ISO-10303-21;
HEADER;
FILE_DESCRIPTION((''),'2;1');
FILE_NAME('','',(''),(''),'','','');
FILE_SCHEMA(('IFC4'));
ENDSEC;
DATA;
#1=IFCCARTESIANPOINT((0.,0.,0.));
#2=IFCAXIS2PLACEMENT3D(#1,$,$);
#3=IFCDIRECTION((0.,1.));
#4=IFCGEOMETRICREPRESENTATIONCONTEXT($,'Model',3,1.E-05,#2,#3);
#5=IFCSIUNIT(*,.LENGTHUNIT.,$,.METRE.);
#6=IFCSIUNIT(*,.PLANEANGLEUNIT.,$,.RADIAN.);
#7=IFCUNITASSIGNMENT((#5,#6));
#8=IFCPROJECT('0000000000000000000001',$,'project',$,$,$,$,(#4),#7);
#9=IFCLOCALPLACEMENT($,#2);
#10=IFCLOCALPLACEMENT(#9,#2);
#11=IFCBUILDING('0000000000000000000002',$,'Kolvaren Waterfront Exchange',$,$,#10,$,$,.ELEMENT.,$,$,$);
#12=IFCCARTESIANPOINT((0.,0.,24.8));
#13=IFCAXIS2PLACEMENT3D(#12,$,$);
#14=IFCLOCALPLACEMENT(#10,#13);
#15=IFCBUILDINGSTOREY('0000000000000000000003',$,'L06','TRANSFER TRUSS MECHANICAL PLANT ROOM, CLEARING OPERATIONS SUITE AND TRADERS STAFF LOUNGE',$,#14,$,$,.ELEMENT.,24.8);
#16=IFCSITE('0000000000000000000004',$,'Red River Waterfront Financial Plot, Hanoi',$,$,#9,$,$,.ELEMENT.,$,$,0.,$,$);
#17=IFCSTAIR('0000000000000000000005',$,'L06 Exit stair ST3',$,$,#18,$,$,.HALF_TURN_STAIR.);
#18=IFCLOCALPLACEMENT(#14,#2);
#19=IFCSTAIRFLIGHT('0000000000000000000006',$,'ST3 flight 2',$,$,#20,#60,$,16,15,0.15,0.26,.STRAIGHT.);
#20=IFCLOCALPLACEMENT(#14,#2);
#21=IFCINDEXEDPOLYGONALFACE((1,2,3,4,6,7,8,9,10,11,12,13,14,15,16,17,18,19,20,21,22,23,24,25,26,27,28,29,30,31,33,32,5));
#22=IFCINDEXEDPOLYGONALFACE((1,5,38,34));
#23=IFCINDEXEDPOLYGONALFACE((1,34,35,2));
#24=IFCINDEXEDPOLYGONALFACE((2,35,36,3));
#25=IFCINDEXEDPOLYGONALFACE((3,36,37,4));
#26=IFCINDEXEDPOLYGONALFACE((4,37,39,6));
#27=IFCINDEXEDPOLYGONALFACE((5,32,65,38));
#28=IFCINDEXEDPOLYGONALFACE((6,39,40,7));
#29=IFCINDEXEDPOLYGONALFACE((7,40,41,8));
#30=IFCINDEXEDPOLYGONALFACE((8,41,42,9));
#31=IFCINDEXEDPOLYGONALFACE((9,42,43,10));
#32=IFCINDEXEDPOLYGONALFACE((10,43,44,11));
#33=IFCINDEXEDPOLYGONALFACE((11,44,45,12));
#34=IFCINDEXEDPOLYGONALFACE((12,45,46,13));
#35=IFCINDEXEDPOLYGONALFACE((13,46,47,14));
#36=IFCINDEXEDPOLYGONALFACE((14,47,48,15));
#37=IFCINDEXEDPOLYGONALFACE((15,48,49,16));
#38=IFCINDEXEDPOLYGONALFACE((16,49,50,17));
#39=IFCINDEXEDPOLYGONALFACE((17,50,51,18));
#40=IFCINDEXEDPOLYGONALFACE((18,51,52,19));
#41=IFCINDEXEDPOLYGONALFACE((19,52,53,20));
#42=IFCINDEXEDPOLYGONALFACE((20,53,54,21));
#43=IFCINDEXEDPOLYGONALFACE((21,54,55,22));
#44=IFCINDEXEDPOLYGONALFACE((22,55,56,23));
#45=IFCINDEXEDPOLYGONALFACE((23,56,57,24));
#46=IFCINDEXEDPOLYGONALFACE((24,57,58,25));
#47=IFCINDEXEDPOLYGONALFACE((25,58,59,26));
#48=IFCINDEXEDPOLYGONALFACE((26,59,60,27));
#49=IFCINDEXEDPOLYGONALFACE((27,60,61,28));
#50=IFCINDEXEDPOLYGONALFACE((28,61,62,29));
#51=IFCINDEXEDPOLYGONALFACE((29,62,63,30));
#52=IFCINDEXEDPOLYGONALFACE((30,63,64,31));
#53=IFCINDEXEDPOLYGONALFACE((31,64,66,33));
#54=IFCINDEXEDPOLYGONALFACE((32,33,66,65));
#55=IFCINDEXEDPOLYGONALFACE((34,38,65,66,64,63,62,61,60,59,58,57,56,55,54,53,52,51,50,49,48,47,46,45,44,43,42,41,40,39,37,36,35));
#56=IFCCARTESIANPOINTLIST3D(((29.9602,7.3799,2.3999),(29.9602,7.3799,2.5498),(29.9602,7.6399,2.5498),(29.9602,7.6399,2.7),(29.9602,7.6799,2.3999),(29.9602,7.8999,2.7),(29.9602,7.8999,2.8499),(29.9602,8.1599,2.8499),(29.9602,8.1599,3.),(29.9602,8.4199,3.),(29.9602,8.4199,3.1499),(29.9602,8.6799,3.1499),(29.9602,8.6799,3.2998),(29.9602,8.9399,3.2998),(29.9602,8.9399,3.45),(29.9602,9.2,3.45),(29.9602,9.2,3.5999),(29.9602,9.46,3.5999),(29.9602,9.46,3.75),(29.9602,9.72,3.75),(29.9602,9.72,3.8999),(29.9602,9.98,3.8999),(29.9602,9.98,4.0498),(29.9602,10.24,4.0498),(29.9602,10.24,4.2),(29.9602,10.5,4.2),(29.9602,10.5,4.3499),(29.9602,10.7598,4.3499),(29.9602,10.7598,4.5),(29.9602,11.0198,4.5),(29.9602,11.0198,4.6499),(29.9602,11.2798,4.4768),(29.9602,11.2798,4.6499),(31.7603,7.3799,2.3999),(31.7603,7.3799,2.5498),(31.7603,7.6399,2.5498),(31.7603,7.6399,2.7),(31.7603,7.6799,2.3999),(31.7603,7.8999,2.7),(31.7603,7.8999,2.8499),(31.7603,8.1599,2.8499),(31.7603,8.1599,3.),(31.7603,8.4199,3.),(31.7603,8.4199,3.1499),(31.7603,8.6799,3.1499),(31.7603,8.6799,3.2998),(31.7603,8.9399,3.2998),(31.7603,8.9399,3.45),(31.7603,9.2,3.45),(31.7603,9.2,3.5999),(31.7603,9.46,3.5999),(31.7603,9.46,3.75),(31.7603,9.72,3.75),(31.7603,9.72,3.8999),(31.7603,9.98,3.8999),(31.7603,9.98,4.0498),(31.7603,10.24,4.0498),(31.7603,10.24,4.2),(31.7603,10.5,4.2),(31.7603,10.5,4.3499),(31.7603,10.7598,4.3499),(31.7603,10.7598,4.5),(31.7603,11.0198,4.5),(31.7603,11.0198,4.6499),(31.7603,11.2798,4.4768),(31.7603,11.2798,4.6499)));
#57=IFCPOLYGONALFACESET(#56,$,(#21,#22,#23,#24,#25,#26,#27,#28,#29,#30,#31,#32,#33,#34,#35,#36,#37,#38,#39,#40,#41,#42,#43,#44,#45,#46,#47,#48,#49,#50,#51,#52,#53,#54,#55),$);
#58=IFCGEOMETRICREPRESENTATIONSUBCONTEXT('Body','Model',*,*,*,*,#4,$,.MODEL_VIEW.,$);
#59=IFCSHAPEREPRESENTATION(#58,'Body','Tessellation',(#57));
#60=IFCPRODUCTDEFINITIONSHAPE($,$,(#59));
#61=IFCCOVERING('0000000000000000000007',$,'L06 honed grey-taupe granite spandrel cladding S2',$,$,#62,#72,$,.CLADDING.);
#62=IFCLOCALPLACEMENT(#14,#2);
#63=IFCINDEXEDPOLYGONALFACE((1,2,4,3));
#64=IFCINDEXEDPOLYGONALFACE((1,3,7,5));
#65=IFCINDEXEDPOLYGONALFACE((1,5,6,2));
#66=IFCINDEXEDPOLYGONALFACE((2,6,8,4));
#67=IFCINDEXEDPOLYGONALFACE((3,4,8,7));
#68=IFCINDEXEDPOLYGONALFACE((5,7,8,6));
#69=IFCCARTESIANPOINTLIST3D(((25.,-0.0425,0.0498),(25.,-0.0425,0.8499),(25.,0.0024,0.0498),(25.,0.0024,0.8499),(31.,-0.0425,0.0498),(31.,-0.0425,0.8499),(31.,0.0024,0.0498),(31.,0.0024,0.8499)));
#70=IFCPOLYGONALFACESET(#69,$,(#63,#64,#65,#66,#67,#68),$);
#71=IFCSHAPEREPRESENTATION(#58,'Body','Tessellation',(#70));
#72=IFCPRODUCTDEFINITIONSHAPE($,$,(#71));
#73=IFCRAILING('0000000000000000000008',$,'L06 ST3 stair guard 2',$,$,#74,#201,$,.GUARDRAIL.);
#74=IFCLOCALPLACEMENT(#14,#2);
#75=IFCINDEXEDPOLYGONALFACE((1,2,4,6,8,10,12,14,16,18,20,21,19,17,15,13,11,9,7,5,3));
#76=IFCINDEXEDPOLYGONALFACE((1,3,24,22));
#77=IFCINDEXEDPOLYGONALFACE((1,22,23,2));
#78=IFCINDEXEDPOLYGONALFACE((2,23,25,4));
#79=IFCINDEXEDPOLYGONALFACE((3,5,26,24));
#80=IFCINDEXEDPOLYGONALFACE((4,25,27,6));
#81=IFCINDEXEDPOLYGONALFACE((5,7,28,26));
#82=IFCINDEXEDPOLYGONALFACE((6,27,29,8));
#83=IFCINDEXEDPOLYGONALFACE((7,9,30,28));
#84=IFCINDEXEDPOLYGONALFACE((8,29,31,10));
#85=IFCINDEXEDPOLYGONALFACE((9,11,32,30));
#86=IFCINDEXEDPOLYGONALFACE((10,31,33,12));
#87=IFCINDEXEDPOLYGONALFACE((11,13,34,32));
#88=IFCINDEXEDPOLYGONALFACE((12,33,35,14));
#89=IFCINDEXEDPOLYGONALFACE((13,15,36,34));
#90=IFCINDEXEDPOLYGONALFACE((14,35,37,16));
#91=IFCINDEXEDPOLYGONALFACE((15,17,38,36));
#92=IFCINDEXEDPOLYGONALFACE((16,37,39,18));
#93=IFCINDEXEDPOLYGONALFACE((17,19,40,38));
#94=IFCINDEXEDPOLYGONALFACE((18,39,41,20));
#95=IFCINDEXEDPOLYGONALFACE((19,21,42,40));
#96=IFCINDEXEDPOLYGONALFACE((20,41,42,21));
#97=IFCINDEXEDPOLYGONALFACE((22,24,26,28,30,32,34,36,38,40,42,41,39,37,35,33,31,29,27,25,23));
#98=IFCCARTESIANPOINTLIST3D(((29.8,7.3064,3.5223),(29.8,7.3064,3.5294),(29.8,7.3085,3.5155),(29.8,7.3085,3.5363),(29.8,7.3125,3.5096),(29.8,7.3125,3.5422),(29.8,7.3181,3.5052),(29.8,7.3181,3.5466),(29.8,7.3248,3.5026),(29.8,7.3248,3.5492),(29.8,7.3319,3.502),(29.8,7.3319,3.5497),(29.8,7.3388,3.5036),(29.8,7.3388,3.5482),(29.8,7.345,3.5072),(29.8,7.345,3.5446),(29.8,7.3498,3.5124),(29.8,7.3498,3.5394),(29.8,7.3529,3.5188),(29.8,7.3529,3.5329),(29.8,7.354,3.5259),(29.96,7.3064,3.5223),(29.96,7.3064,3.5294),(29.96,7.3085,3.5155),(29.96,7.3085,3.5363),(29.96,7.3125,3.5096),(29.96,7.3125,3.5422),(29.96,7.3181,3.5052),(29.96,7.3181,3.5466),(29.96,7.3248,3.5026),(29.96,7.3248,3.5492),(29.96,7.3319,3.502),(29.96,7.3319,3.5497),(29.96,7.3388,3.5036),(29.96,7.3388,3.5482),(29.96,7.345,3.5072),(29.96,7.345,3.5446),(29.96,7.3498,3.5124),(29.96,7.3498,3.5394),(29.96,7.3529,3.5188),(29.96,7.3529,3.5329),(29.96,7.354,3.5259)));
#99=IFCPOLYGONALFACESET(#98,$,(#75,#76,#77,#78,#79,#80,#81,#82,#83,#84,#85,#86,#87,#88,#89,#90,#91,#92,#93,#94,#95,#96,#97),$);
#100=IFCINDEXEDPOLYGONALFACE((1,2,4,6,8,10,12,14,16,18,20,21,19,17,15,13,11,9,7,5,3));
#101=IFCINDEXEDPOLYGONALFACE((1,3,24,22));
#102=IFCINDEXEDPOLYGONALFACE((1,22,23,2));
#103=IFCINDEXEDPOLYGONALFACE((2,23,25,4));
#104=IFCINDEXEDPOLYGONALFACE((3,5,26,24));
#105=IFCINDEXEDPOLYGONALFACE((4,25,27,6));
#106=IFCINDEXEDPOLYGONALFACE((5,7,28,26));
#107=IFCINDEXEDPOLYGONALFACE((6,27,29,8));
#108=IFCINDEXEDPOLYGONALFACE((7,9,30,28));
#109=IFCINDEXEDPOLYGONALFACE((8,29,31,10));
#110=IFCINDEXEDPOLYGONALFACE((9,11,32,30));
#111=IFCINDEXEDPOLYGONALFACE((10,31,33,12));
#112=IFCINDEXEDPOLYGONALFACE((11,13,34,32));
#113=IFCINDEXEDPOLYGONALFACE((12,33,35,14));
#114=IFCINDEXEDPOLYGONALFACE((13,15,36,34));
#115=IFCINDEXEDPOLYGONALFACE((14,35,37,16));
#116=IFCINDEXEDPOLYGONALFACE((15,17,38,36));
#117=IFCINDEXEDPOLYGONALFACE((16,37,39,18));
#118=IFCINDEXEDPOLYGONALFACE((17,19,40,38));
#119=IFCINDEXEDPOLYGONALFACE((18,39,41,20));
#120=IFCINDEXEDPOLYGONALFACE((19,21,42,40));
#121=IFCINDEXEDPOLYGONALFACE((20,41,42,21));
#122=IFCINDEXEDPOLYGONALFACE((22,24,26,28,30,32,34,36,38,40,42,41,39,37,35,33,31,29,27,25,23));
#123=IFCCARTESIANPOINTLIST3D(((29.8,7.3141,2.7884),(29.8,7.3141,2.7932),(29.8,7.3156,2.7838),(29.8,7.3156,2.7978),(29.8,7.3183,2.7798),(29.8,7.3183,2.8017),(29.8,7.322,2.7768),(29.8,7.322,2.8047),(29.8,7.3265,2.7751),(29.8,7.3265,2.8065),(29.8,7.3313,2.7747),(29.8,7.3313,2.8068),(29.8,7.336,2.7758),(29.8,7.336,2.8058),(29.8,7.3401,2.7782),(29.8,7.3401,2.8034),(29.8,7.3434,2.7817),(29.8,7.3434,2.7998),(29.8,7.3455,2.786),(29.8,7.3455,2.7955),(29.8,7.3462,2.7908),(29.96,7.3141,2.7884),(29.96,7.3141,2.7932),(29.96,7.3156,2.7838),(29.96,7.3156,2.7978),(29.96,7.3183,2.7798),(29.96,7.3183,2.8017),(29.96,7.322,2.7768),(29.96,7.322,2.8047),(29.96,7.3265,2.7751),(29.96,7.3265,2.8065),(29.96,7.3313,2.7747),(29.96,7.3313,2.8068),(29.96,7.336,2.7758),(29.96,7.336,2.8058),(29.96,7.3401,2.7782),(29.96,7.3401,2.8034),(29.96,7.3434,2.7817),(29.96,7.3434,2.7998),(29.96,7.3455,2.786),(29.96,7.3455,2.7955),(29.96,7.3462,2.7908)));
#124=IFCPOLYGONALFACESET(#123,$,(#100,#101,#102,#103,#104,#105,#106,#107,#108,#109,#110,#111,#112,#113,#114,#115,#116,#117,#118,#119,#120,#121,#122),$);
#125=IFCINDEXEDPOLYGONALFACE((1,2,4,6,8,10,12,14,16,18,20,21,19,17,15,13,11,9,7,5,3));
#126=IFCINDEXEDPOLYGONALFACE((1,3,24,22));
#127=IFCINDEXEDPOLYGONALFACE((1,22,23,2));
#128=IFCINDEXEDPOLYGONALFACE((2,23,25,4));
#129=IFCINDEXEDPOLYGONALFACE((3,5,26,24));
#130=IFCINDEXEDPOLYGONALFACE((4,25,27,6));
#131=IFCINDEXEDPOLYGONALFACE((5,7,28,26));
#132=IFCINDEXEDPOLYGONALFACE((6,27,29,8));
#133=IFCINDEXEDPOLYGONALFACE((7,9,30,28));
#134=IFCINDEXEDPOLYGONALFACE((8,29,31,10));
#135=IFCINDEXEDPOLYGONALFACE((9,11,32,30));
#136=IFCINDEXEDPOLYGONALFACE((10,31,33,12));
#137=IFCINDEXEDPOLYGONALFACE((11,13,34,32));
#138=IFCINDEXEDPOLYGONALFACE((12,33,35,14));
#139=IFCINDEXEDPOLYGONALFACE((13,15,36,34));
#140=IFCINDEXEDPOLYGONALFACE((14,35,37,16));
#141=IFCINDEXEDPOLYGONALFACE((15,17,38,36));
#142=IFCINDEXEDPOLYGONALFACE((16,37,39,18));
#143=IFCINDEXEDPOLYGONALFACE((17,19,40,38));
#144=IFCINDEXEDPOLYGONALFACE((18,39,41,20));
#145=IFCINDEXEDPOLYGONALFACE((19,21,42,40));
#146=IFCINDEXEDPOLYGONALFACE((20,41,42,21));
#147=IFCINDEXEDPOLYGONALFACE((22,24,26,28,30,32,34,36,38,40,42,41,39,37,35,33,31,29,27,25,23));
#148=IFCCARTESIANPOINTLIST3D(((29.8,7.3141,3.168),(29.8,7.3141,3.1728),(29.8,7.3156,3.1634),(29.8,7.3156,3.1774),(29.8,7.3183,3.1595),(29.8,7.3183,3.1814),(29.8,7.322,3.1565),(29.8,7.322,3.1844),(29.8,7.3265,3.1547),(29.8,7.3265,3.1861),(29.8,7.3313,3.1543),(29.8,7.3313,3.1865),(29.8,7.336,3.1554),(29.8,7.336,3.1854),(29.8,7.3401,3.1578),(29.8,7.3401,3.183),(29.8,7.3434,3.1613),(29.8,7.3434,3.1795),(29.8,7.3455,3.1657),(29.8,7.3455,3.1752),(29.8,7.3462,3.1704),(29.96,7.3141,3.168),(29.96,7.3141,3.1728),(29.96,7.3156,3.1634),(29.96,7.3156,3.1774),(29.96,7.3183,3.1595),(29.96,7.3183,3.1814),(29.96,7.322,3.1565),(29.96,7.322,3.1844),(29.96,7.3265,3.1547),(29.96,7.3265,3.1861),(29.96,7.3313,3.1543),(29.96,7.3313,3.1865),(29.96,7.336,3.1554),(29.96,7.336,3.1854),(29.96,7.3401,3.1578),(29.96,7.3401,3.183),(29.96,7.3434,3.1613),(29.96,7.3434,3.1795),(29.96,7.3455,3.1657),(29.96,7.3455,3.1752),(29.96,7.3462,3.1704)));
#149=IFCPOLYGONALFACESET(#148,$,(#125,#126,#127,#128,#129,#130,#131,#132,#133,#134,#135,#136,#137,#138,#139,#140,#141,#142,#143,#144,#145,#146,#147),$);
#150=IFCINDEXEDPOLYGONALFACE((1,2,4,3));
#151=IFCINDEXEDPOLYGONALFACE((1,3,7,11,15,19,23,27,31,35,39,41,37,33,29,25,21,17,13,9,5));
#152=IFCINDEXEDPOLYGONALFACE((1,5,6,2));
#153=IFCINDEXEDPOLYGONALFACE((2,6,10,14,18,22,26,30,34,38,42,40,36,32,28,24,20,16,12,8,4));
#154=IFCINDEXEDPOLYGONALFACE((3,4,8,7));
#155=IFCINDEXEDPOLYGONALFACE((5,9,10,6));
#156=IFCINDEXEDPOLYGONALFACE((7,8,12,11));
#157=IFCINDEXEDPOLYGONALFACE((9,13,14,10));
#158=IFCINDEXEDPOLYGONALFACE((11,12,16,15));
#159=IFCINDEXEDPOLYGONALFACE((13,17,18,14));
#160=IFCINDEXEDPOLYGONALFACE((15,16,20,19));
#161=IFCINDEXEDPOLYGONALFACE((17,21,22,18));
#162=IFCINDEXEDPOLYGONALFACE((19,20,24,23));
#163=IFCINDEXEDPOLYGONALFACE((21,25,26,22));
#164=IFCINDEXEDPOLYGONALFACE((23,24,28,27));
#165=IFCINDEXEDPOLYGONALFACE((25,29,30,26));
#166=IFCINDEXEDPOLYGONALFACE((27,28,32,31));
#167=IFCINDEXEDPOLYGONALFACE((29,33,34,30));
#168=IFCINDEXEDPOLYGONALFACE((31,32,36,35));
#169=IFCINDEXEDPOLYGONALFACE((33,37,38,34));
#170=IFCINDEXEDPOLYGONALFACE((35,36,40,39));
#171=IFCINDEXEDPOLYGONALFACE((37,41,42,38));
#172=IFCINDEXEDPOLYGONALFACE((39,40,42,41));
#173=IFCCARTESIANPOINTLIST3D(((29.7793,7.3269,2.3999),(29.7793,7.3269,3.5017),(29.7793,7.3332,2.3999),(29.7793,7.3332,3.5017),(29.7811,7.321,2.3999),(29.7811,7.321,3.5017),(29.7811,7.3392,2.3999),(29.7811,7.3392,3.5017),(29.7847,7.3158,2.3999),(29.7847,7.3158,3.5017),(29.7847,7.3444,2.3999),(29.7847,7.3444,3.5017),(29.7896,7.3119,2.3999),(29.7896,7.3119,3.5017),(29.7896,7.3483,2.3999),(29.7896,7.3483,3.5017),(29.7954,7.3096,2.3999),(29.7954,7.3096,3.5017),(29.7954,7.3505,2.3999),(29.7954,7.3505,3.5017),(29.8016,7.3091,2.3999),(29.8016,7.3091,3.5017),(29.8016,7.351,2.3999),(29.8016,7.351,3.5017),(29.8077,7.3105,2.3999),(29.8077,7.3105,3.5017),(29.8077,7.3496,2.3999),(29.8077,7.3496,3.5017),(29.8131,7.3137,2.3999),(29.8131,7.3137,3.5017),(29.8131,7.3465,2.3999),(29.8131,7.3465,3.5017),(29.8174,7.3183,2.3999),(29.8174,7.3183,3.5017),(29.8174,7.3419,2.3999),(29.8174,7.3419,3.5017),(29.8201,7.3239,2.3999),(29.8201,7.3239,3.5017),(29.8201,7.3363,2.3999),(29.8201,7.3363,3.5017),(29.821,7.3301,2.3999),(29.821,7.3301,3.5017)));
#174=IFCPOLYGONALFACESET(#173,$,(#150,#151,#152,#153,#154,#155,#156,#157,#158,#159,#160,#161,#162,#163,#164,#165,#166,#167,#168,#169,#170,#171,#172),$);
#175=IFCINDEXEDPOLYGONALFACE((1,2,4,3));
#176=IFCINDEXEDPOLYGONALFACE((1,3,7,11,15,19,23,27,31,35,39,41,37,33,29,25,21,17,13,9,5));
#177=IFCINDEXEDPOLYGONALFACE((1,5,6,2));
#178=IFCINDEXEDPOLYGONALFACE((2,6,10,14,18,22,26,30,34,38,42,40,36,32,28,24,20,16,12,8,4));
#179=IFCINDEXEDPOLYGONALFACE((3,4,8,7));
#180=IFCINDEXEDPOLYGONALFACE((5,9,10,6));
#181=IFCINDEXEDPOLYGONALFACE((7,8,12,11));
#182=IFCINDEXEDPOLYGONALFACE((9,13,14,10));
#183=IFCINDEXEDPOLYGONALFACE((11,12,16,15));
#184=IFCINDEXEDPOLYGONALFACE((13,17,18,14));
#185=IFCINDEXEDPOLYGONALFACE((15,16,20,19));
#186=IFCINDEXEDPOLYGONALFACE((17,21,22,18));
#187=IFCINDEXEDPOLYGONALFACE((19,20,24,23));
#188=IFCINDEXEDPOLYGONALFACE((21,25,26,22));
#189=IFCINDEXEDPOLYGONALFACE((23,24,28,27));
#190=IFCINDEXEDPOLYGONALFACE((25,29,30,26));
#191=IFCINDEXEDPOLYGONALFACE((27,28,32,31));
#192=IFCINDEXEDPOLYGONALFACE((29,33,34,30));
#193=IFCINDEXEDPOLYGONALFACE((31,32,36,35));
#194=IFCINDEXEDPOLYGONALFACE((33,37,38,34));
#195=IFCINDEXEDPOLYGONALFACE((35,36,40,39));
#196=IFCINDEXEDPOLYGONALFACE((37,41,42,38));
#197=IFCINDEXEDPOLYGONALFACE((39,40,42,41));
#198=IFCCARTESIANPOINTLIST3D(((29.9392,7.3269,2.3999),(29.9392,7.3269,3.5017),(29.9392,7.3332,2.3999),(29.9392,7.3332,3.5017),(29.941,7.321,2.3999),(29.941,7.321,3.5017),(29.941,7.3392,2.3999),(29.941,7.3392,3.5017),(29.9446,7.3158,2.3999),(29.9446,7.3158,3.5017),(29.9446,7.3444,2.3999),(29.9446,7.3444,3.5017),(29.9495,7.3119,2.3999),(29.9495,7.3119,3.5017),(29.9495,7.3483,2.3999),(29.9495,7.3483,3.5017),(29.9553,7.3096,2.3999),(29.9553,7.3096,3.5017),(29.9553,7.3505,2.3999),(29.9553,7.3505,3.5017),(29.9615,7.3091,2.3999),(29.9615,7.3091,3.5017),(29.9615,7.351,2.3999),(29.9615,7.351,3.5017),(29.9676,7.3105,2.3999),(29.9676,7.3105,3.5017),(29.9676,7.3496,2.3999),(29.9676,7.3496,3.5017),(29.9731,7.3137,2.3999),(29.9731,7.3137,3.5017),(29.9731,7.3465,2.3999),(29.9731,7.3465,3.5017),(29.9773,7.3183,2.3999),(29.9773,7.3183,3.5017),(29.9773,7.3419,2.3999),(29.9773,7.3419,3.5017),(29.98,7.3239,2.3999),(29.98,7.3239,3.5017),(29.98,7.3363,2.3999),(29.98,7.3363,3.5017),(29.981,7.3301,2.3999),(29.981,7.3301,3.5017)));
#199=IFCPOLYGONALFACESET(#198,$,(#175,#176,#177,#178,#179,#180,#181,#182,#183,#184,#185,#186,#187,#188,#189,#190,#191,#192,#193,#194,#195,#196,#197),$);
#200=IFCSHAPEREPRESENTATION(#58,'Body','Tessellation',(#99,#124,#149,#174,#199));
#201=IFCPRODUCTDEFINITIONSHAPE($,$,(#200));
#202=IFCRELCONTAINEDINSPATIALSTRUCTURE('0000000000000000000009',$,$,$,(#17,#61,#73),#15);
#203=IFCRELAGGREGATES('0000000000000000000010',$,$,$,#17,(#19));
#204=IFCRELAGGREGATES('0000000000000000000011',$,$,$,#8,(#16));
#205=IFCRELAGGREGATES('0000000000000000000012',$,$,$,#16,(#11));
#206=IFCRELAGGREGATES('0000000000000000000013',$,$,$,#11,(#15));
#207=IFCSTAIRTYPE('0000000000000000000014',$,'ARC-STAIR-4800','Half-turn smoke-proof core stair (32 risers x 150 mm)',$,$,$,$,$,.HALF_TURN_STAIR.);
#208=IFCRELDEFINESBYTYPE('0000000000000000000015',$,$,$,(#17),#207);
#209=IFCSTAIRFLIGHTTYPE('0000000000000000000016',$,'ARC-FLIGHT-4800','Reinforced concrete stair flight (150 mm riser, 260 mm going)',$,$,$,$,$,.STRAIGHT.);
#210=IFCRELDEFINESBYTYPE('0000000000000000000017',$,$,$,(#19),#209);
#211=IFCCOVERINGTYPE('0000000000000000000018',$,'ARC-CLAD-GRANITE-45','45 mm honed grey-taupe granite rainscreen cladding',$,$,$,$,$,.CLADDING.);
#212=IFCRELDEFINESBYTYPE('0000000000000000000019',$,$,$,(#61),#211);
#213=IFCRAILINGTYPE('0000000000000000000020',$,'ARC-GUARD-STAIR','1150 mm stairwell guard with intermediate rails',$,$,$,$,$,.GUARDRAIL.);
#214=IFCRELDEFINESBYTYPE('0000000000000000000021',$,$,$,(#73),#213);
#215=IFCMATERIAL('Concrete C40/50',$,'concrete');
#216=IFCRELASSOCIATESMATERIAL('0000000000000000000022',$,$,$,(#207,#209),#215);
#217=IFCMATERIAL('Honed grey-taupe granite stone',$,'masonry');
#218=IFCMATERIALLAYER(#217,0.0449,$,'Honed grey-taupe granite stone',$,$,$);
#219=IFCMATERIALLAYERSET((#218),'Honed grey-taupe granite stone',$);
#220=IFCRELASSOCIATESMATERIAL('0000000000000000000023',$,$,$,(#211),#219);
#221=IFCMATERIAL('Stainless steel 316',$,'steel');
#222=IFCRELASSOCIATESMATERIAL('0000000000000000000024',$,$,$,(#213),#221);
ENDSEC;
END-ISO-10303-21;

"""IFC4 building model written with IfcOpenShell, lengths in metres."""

from ifc_helpers import new_model, si_unit, direction, frame, origin, origin_2d, place, context, subcontext, project, spatial, polyline, rectangle, circle, outline, extrude, material, layer, layer_set, type_object, element, aggregate, save


model = new_model("IFC4")

# Units and contexts
model_context = context("Model", 3, precision=1e-05, world=origin(), true_north=direction((0.0, 1.0)))
body_context = subcontext(model_context, "Body", "Model", "MODEL_VIEW")
ifc_project = project(units=[si_unit("LENGTHUNIT", "METRE"), si_unit("PLANEANGLEUNIT", "RADIAN")], contexts=[model_context])

# Site, building, storey
site_placement = place(None, origin())
site = spatial("IfcSite", under=ifc_project, at=site_placement, Name="Red River Waterfront Financial Plot, Hanoi", CompositionType="ELEMENT", RefElevation=0.0)
building_placement = place(site_placement, origin())
building = spatial("IfcBuilding", under=site, at=building_placement, Name="Kolvaren Waterfront Exchange", CompositionType="ELEMENT")
storey_placement = place(building_placement, frame((0.0, 0.0, 24.8)))
storey = spatial("IfcBuildingStorey", under=building, at=storey_placement, Name="L06", Description="TRANSFER TRUSS MECHANICAL PLANT ROOM, CLEARING OPERATIONS SUITE AND TRADERS STAFF LOUNGE", CompositionType="ELEMENT", Elevation=24.8)

# Shared definitions
ifc_material_1 = material(Name="Concrete C40/50", Category="concrete")

# Stair, stair flight
stair_type = type_object("IfcStairType", Name="ARC-STAIR-4800", Description="Half-turn smoke-proof core stair (32 risers x 150 mm)", PredefinedType="HALF_TURN_STAIR", material=ifc_material_1)
stair_placement = place(storey_placement, origin())
stair = element("IfcStair", 1, at=stair_placement, inside=storey, type_object=stair_type, Name="L06 Exit stair ST3", PredefinedType="HALF_TURN_STAIR")
stair_flight_type = type_object("IfcStairFlightType", Name="ARC-FLIGHT-4800", Description="Reinforced concrete stair flight (150 mm riser, 260 mm going)", PredefinedType="STRAIGHT", material=ifc_material_1)
stair_flight_1_placement = place(storey_placement, frame((30.8601, 7.3799, 2.3999), z_axis=(0.0, 0.0, 1.0), x_axis=(0.0, 1.0, 0.0)))
stair_flight_1 = element("IfcStairFlight", 2, at=stair_flight_1_placement, type_object=stair_flight_type, Name="ST3 flight 2", NumberOfRisers=16, NumberOfTreads=15, PredefinedType="STRAIGHT", RiserHeight=0.15, TreadLength=0.26, context=body_context, shape_type="SweptSolid", body=[
    extrude(outline(polyline([(0.0, 0.0), (0.0, 0.1499), (0.26, 0.1499), (0.26, 0.3), (0.52, 0.3), (0.52, 0.45), (0.78, 0.45), (0.78, 0.6001), (1.04, 0.6001), (1.04, 0.75), (1.3, 0.75), (1.3, 0.8999), (1.5601, 0.8999), (1.5601, 1.05), (1.8201, 1.05), (1.8201, 1.2), (2.0801, 1.2), (2.0801, 1.3501), (2.3401, 1.3501), (2.3401, 1.5), (2.6001, 1.5), (2.6001, 1.6499), (2.8601, 1.6499), (2.8601, 1.8), (3.1201, 1.8), (3.1201, 1.95), (3.3799, 1.95), (3.3799, 2.1001), (3.6399, 2.1001), (3.6399, 2.25), (3.8999, 2.25), (3.8999, 2.3999), (3.8999, 2.0769), (0.3, 0.0), (0.0, 0.0)])), frame((0.0, 0.8999, 0.0), z_axis=(0.0, -1.0, 0.0), x_axis=(1.0, 0.0, 0.0)), (0.0, 0.0, 1.0), 1.8),
])
aggregate(stair, [stair_flight_1])

# Covering
ifc_material_2 = material(Name="Honed grey-taupe granite stone", Category="masonry")
ifc_layer_1 = layer(ifc_material_2, 0.0449, Name="Honed grey-taupe granite stone")
ifc_layer_set_1 = layer_set([ifc_layer_1], Name="Honed grey-taupe granite stone")
covering_type = type_object("IfcCoveringType", Name="ARC-CLAD-GRANITE-45", Description="45 mm honed grey-taupe granite rainscreen cladding", PredefinedType="CLADDING", material=ifc_layer_set_1)
covering_placement = place(storey_placement, frame((28.0, -0.02, 0.0498), z_axis=(0.0, 0.0, 1.0), x_axis=(1.0, 0.0, 0.0)))
element("IfcCovering", 3, at=covering_placement, inside=storey, type_object=covering_type, Name="L06 honed grey-taupe granite spandrel cladding S2", PredefinedType="CLADDING", context=body_context, shape_type="SweptSolid", body=[
    extrude(rectangle(XDim=6.0, YDim=0.0449, at=origin_2d()), origin(), (0.0, 0.0, 1.0), 0.8),
])

# Railing
ifc_material_3 = material(Name="Stainless steel 316", Category="steel")
railing_type_1 = type_object("IfcRailingType", Name="ARC-GUARD-STAIR", Description="1150 mm stairwell guard with intermediate rails", PredefinedType="GUARDRAIL", material=ifc_material_3)
railing_1_placement = place(storey_placement, frame((29.8, 7.3301, 2.3999)))
element("IfcRailing", 4, at=railing_1_placement, inside=storey, type_object=railing_type_1, Name="L06 ST3 stair guard 2", PredefinedType="GUARDRAIL", context=body_context, shape_type="SweptSolid", body=[
    extrude(circle(Radius=0.0239, at=origin_2d()), frame((0.0, 0.0, 1.126), z_axis=(1.0, 0.0, 0.0), x_axis=(0.0, 1.0, 0.0)), (0.0, 0.0, 1.0), 0.1599),
    extrude(circle(Radius=0.0161, at=origin_2d()), frame((0.0, 0.0, 0.3909), z_axis=(1.0, 0.0, 0.0), x_axis=(0.0, 1.0, 0.0)), (0.0, 0.0, 1.0), 0.1599),
    extrude(circle(Radius=0.0161, at=origin_2d()), frame((0.0, 0.0, 0.7705), z_axis=(1.0, 0.0, 0.0), x_axis=(0.0, 1.0, 0.0)), (0.0, 0.0, 1.0), 0.1599),
    extrude(circle(Radius=0.021, at=origin_2d()), origin(), (0.0, 0.0, 1.0), 1.1018),
    extrude(circle(Radius=0.021, at=origin_2d()), frame((0.1599, 0.0, 0.0)), (0.0, 0.0, 1.0), 1.1018),
])

save(model, "model.ifc")
